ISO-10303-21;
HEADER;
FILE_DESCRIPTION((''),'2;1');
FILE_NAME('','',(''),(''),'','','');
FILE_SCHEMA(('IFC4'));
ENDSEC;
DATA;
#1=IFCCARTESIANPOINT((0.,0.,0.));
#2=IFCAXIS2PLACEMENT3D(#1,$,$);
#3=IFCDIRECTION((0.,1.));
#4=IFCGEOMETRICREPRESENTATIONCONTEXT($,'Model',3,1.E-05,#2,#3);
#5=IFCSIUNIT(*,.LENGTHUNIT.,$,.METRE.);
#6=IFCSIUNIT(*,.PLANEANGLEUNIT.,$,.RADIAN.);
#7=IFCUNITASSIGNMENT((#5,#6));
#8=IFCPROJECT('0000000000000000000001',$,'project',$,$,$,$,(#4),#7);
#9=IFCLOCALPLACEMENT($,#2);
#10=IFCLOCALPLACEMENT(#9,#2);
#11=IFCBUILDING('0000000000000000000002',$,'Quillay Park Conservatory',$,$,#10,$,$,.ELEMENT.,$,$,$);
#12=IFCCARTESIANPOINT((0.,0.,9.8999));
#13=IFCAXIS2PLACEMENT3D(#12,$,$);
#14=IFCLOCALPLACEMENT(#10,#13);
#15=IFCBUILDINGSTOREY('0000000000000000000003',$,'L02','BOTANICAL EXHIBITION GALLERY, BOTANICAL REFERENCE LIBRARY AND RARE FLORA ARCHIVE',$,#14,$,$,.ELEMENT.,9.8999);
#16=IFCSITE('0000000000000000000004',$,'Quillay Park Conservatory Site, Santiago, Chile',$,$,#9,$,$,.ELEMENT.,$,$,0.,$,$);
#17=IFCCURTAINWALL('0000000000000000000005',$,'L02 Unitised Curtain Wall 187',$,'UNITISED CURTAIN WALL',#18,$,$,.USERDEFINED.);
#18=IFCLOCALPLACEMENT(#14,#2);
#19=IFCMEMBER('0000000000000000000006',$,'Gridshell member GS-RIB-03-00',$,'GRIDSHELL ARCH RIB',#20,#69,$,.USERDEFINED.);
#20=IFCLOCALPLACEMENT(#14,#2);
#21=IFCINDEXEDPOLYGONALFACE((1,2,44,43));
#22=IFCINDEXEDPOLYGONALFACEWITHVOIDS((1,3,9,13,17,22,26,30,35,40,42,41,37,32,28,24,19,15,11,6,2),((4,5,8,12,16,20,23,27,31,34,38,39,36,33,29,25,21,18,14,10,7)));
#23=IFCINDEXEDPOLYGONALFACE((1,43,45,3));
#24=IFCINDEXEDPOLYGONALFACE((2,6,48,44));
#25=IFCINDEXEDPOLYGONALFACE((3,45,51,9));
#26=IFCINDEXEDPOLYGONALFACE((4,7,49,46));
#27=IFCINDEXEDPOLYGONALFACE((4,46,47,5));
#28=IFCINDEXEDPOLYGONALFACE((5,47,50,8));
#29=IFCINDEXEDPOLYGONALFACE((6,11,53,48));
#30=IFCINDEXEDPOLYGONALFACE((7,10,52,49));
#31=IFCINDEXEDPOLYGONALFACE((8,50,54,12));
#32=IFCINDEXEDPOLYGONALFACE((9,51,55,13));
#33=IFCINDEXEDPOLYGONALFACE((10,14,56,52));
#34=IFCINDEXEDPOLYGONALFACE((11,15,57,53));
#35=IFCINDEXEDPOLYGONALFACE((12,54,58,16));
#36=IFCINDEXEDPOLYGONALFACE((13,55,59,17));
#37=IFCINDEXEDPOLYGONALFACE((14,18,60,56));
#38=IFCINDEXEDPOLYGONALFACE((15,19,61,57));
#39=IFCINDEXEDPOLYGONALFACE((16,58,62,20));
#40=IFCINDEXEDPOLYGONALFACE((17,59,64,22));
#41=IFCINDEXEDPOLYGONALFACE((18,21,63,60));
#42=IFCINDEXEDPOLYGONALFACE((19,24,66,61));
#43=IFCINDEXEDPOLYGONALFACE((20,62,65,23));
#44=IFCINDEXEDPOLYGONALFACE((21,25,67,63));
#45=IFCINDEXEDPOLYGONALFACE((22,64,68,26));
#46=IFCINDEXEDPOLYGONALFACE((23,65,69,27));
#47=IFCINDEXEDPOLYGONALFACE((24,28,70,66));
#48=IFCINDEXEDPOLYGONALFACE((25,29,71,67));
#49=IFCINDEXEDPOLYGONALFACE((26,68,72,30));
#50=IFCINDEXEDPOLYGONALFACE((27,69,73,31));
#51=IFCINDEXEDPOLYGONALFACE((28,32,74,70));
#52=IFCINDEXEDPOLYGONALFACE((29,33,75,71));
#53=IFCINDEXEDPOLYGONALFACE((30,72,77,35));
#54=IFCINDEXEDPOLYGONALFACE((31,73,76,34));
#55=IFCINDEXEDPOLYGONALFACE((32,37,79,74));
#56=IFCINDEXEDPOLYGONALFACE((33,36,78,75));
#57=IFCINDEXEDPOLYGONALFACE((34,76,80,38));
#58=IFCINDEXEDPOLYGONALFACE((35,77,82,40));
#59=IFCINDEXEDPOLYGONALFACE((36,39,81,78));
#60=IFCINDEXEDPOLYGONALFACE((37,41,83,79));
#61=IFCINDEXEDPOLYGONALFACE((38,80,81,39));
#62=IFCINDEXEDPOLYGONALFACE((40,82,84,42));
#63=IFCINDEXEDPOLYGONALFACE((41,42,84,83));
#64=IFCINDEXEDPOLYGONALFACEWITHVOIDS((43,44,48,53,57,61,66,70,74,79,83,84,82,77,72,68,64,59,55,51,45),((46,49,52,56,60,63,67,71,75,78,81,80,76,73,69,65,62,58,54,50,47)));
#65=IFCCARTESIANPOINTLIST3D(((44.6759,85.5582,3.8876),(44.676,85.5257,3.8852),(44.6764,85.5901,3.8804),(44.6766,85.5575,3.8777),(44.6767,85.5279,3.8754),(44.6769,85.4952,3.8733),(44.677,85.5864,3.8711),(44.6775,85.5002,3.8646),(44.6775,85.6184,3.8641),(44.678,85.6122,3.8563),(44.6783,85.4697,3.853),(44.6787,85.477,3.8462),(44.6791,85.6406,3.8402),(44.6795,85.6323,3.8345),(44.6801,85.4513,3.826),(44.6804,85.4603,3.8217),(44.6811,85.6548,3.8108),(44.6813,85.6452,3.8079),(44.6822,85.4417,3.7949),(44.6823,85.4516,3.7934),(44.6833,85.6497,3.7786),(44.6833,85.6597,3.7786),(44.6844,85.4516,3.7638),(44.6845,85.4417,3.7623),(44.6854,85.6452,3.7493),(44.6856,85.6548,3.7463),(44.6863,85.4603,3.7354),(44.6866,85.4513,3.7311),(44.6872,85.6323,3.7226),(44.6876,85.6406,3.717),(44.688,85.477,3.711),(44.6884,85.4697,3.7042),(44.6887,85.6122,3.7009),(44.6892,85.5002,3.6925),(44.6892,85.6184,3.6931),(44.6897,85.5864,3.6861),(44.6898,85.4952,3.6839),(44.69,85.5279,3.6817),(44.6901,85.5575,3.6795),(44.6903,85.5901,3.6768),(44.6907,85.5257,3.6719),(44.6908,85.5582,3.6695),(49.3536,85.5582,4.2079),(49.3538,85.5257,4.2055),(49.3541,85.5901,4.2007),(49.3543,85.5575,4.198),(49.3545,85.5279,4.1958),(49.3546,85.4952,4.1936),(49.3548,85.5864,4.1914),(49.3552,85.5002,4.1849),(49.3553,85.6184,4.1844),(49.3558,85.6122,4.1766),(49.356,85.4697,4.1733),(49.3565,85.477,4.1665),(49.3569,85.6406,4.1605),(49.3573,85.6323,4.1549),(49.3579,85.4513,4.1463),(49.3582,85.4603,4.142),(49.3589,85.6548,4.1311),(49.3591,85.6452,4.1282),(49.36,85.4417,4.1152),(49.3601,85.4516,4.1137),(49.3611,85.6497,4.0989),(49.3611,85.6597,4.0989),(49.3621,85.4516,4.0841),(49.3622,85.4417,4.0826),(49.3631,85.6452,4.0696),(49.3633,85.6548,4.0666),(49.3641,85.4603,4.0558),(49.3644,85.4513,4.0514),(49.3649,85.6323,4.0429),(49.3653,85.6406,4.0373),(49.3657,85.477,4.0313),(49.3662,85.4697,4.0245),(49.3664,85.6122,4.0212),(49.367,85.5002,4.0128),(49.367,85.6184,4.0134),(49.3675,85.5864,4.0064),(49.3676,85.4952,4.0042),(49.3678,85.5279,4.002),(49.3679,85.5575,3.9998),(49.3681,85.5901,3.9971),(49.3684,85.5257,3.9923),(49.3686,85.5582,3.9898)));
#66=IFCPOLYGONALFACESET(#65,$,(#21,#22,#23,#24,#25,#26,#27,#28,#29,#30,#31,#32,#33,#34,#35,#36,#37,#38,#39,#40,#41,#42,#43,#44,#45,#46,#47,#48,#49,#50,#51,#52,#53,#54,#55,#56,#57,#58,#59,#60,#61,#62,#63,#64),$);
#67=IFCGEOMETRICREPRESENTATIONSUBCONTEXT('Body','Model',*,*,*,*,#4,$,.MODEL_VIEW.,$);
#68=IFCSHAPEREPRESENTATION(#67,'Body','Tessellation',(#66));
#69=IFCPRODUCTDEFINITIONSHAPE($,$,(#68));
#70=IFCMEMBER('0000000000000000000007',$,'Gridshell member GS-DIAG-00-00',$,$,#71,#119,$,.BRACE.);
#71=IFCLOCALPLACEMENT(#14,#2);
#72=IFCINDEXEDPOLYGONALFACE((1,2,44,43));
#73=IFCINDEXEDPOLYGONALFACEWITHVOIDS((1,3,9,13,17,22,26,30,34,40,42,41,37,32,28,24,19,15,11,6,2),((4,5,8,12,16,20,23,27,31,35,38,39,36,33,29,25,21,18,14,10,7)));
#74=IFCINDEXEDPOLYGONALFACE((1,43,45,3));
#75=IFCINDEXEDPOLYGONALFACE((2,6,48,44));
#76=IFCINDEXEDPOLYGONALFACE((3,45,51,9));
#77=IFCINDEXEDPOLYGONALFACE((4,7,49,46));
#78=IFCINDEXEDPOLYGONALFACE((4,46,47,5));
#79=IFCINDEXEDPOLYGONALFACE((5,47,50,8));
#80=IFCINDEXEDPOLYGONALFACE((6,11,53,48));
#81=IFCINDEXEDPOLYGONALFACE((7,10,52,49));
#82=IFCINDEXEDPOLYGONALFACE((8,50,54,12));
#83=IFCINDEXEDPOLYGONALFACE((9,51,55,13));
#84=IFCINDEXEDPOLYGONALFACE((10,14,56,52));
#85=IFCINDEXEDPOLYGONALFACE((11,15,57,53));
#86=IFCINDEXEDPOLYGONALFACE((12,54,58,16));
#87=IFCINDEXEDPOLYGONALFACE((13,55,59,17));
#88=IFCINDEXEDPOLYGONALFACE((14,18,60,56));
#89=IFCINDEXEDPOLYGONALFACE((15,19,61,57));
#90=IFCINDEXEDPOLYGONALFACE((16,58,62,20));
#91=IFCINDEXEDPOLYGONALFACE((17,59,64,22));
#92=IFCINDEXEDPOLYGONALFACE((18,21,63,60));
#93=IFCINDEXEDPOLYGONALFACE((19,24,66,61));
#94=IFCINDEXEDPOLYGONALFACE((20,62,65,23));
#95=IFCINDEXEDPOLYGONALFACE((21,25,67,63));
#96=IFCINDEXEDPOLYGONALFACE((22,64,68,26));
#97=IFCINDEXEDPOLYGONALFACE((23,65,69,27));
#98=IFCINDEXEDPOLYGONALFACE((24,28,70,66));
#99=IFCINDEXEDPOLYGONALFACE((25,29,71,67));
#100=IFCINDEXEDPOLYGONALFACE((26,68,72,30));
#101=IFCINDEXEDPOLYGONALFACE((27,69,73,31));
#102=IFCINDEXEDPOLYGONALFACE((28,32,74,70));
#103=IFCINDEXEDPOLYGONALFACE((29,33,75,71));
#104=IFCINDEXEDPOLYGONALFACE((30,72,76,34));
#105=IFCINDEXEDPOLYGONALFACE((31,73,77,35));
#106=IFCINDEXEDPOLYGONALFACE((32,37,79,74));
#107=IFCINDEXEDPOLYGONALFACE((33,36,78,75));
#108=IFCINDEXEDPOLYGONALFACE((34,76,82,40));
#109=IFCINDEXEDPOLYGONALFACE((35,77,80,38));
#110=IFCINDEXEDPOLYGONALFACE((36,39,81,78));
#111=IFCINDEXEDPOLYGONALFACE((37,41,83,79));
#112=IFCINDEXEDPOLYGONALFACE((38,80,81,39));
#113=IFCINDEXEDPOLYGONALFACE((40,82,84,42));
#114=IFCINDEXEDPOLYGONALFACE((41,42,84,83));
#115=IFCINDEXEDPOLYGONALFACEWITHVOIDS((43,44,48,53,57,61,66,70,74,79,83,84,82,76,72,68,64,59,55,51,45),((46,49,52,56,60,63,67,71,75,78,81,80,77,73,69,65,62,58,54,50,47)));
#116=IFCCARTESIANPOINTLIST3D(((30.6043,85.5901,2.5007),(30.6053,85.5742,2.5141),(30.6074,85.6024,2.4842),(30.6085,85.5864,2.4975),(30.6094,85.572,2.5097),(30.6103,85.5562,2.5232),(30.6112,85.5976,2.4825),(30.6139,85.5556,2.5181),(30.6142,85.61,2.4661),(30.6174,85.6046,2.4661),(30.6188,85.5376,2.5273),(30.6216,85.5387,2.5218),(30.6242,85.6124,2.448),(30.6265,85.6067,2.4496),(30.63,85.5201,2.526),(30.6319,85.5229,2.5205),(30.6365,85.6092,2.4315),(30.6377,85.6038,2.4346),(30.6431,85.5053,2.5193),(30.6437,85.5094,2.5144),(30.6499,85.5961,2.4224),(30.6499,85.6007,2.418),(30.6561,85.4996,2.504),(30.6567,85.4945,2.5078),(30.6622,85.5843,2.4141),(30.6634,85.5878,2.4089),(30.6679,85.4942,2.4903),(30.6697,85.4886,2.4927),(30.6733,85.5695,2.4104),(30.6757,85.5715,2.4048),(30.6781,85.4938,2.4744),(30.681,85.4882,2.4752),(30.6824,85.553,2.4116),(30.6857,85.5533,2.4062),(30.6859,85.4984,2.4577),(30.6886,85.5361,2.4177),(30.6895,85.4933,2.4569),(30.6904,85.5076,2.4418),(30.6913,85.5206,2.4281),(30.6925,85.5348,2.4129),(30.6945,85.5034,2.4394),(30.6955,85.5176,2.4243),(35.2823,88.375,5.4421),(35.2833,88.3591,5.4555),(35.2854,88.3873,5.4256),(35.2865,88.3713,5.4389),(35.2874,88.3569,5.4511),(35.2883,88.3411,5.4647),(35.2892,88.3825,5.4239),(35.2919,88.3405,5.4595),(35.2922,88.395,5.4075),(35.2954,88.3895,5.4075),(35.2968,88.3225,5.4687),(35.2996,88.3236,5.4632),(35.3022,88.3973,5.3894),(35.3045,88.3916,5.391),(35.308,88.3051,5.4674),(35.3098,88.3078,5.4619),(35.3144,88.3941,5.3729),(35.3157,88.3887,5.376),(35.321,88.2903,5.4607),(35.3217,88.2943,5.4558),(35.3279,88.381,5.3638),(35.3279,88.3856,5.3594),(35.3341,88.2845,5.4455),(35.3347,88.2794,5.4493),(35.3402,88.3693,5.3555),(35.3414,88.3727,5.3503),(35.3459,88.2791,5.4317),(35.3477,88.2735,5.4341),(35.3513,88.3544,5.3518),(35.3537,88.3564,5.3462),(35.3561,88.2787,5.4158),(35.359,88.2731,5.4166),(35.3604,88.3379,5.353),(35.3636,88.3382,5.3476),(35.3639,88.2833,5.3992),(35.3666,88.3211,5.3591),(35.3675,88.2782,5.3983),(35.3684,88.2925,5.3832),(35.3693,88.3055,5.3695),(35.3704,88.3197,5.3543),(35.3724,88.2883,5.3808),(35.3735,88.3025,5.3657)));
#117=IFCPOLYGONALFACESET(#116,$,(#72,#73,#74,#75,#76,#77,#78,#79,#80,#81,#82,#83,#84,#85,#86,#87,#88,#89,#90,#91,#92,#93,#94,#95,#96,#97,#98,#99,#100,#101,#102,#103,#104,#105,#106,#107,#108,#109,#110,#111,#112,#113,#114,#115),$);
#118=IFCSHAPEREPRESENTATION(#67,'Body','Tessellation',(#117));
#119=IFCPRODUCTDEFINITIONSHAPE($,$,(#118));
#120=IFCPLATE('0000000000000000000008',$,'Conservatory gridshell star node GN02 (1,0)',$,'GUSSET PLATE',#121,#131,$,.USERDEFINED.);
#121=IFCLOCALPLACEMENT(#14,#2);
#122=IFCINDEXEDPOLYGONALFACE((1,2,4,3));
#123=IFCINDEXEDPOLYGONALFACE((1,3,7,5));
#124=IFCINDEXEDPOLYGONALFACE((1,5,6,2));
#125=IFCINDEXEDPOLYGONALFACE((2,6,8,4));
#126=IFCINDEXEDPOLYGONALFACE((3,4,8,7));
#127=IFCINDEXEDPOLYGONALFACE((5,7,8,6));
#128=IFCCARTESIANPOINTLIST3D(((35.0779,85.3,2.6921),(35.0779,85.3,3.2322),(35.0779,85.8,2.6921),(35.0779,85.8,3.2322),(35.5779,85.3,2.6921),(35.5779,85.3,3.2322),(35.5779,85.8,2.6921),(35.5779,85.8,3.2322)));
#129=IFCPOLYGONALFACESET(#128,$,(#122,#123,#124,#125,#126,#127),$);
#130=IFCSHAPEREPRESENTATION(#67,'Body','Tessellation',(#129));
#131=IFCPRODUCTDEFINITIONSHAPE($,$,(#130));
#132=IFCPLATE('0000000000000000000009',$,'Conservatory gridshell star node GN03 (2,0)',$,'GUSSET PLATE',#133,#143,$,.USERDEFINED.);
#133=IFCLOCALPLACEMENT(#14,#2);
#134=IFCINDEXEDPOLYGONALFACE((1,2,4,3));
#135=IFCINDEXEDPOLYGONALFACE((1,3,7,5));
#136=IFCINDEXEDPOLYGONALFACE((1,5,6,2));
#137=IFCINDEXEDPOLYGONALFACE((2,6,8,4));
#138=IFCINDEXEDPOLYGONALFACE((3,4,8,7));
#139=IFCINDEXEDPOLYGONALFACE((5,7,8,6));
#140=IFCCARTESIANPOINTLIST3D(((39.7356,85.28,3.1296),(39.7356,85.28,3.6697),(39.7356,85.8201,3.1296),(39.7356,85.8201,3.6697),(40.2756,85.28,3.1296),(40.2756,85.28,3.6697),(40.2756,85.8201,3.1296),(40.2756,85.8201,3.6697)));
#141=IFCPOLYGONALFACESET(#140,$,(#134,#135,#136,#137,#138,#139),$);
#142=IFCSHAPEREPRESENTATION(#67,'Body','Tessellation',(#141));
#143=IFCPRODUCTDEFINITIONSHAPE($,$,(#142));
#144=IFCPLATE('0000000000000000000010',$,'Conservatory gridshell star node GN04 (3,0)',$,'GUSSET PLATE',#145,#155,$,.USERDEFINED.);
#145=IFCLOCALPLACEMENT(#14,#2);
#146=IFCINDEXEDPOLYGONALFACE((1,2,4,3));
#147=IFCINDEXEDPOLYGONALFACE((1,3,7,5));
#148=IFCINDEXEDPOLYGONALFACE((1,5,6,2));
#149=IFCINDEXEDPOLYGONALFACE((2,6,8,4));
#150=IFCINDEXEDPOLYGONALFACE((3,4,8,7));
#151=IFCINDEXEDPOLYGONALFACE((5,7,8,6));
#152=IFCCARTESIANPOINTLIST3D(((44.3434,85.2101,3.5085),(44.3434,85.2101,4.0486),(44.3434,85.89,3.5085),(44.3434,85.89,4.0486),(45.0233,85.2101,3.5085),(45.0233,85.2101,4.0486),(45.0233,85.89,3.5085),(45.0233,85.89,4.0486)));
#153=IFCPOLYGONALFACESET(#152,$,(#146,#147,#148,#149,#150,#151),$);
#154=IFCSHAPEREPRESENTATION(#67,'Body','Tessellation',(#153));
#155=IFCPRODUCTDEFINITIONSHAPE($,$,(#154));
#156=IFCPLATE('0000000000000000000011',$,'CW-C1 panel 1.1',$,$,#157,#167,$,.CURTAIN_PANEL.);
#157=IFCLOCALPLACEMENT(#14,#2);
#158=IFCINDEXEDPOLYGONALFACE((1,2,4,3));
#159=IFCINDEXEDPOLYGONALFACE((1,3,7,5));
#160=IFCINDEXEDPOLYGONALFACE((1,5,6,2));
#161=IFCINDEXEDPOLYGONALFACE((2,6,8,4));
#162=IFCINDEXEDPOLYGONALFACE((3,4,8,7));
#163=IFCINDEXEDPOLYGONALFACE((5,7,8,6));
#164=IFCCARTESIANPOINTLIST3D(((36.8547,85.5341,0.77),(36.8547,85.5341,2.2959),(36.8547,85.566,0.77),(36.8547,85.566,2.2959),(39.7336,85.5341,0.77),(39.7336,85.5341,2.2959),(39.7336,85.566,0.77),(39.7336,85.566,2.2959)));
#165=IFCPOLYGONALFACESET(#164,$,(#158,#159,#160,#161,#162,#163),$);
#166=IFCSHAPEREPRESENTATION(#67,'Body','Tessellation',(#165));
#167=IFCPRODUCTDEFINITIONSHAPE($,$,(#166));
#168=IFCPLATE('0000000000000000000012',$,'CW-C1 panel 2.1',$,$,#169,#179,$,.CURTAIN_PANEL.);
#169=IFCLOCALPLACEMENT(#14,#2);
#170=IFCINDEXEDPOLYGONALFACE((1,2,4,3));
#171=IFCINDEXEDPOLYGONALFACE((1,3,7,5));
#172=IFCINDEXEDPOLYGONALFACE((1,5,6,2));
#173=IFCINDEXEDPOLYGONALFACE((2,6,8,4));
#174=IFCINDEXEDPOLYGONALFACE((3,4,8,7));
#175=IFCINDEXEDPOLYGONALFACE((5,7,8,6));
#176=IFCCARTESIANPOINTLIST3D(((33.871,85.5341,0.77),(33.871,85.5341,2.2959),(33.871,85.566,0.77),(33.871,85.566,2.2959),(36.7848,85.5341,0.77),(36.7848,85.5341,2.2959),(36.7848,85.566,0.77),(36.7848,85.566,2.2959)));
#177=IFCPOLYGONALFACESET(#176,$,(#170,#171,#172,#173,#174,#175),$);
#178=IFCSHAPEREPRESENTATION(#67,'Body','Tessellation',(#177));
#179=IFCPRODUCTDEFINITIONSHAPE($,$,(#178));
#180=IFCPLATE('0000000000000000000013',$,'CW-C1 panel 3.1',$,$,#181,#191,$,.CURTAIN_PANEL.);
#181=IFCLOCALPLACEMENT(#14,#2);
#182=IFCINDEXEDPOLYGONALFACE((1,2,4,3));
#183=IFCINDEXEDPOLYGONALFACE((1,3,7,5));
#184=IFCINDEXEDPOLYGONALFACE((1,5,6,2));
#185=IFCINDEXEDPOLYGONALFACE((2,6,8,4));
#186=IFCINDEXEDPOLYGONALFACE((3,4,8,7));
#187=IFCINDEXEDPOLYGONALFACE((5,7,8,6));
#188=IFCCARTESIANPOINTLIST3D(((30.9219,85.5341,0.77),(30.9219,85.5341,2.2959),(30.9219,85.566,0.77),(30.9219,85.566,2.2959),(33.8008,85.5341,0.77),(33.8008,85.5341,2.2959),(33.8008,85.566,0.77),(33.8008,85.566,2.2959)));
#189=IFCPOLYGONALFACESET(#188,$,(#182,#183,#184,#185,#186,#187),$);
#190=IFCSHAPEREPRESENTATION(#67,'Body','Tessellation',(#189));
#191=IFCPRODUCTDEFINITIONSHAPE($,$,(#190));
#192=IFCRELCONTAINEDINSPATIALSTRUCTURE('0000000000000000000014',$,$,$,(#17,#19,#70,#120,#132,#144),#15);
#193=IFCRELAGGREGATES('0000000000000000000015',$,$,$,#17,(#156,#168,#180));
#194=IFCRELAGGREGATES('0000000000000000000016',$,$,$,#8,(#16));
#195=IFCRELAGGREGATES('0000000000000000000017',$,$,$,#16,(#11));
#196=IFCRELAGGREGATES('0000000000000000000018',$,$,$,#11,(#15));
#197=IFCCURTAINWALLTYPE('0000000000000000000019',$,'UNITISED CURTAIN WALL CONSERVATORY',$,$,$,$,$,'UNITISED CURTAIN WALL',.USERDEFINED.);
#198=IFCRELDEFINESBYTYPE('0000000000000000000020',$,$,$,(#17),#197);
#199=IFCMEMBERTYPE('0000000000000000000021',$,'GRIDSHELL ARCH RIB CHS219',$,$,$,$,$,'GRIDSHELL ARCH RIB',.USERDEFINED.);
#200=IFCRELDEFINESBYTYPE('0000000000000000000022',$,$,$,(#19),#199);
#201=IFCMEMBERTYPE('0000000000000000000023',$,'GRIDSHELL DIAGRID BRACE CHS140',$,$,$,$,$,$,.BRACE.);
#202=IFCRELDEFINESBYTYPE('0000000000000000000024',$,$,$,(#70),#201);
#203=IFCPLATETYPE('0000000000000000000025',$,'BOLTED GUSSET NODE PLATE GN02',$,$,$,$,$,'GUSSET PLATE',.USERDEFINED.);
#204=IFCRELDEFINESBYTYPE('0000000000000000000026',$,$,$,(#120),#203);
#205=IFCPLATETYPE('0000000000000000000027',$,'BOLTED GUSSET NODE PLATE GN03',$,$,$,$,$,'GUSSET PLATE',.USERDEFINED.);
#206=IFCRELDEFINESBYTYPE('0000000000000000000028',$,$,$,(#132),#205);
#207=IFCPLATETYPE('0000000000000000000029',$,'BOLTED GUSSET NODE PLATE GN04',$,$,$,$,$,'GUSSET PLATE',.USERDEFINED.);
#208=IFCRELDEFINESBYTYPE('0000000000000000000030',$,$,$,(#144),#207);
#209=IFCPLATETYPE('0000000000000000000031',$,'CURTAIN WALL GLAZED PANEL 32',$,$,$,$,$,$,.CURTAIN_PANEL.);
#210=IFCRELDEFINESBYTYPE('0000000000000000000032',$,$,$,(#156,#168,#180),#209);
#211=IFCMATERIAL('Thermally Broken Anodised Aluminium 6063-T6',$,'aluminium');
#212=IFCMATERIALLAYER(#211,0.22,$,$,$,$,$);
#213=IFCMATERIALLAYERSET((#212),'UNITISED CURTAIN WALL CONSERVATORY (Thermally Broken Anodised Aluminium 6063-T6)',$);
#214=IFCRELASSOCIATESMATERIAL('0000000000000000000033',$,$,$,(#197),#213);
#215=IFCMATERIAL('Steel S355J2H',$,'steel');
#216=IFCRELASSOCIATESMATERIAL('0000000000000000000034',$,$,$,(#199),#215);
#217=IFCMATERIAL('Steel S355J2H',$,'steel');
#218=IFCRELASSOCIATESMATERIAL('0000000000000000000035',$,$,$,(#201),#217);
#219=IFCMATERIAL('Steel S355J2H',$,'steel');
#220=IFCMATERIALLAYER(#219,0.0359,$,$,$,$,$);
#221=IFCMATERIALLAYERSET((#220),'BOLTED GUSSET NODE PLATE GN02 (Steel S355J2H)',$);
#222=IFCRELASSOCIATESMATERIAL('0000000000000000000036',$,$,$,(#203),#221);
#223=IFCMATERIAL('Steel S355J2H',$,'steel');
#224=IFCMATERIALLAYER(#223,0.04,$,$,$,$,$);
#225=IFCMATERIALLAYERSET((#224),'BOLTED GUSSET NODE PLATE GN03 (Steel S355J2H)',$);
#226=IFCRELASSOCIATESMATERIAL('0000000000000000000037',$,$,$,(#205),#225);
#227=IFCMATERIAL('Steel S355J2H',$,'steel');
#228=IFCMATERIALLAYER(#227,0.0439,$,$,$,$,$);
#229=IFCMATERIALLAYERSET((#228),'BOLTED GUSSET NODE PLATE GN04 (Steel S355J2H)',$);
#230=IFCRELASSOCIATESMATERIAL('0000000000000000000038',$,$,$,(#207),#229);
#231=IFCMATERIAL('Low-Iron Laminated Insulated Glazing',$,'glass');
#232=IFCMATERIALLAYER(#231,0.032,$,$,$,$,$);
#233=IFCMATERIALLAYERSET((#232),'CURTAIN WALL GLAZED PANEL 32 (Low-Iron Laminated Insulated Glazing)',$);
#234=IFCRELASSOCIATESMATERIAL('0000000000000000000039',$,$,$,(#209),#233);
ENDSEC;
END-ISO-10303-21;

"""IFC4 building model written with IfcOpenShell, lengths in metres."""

from ifc_helpers import new_model, si_unit, direction, frame, origin, origin_2d, place, context, subcontext, project, spatial, rectangle, hollow_circle, extrude, material, layer, layer_set, material_profile, profile_set, type_object, element, aggregate, save


model = new_model("IFC4")

# Units and contexts
model_context = context("Model", 3, precision=1e-05, world=origin(), true_north=direction((0.0, 1.0)))
body_context = subcontext(model_context, "Body", "Model", "MODEL_VIEW")
ifc_project = project(units=[si_unit("LENGTHUNIT", "METRE"), si_unit("PLANEANGLEUNIT", "RADIAN")], contexts=[model_context])

# Site, building, storey
site_placement = place(None, origin())
site = spatial("IfcSite", under=ifc_project, at=site_placement, Name="Quillay Park Conservatory Site, Santiago, Chile", CompositionType="ELEMENT", RefElevation=0.0)
building_placement = place(site_placement, origin())
building = spatial("IfcBuilding", under=site, at=building_placement, Name="Quillay Park Conservatory", CompositionType="ELEMENT")
storey_placement = place(building_placement, frame((0.0, 0.0, 9.8999)))
storey = spatial("IfcBuildingStorey", under=building, at=storey_placement, Name="L02", Description="BOTANICAL EXHIBITION GALLERY, BOTANICAL REFERENCE LIBRARY AND RARE FLORA ARCHIVE", CompositionType="ELEMENT", Elevation=9.8999)

# Curtain wall
ifc_material_1 = material(Name="Thermally Broken Anodised Aluminium 6063-T6", Category="aluminium")
ifc_layer_1 = layer(ifc_material_1, 0.22)
ifc_layer_set_1 = layer_set([ifc_layer_1], Name="UNITISED CURTAIN WALL CONSERVATORY (Thermally Broken Anodised Aluminium 6063-T6)")
curtain_wall_type = type_object("IfcCurtainWallType", Name="UNITISED CURTAIN WALL CONSERVATORY", ElementType="UNITISED CURTAIN WALL", PredefinedType="USERDEFINED", material=ifc_layer_set_1)
curtain_wall_1_placement = place(storey_placement, origin())
curtain_wall_1 = element("IfcCurtainWall", 1, at=curtain_wall_1_placement, inside=storey, type_object=curtain_wall_type, Name="L02 Unitised Curtain Wall 187", ObjectType="UNITISED CURTAIN WALL", PredefinedType="USERDEFINED")

# Members
ifc_material_2 = material(Name="Steel S355J2H", Category="steel")
ifc_material_profile_1 = material_profile(ifc_material_2, hollow_circle(Radius=0.1096, WallThickness=0.01, at=origin_2d()), Name="CHS219.1x10")
ifc_profile_set_1 = profile_set([ifc_material_profile_1], Name="Steel S355J2H")
member_type_1 = type_object("IfcMemberType", Name="GRIDSHELL ARCH RIB CHS219", ElementType="GRIDSHELL ARCH RIB", PredefinedType="USERDEFINED", material=ifc_profile_set_1)
member_1_placement = place(storey_placement, frame((44.6833, 85.55, 3.7786), z_axis=(0.997664, 0.0, 0.068316), x_axis=(0.0, 1.0, 0.0)))
element("IfcMember", 2, at=member_1_placement, inside=storey, type_object=member_type_1, Name="Gridshell member GS-RIB-03-00", ObjectType="GRIDSHELL ARCH RIB", PredefinedType="USERDEFINED", context=body_context, shape_type="SweptSolid", body=[
    extrude(hollow_circle(Radius=0.1096, WallThickness=0.01, at=origin_2d()), origin(), (0.0, 0.0, 1.0), 4.6887),
])
ifc_material_3 = material(Name="Steel S355J2H", Category="steel")
ifc_material_profile_2 = material_profile(ifc_material_3, hollow_circle(Radius=0.0698, WallThickness=0.0063, at=origin_2d()), Name="CHS139.7x6.3")
ifc_profile_set_2 = profile_set([ifc_material_profile_2], Name="Steel S355J2H")
member_type_2 = type_object("IfcMemberType", Name="GRIDSHELL DIAGRID BRACE CHS140", PredefinedType="BRACE", material=ifc_profile_set_2)
member_2_placement = place(storey_placement, frame((30.6499, 85.55, 2.4661), z_axis=(0.755978, 0.450052, 0.475342), x_axis=(-0.511538, 0.859261, 0.0)))
element("IfcMember", 3, at=member_2_placement, inside=storey, type_object=member_type_2, Name="Gridshell member GS-DIAG-00-00", PredefinedType="BRACE", context=body_context, shape_type="SweptSolid", body=[
    extrude(hollow_circle(Radius=0.0698, WallThickness=0.0063, at=origin_2d()), origin(), (0.0, 0.0, 1.0), 6.188),
])

# Plates
ifc_material_4 = material(Name="Steel S355J2H", Category="steel")
ifc_layer_2 = layer(ifc_material_4, 0.0359)
ifc_layer_set_2 = layer_set([ifc_layer_2], Name="BOLTED GUSSET NODE PLATE GN02 (Steel S355J2H)")
plate_type_1 = type_object("IfcPlateType", Name="BOLTED GUSSET NODE PLATE GN02", ElementType="GUSSET PLATE", PredefinedType="USERDEFINED", material=ifc_layer_set_2)
plate_1_placement = place(storey_placement, frame((35.3279, 85.55, 2.6921), z_axis=(0.0, 0.0, 1.0), x_axis=(1.0, 0.0, 0.0)))
element("IfcPlate", 4, at=plate_1_placement, inside=storey, type_object=plate_type_1, Name="Conservatory gridshell star node GN02 (1,0)", ObjectType="GUSSET PLATE", PredefinedType="USERDEFINED", context=body_context, shape_type="SweptSolid", body=[
    extrude(rectangle(XDim=0.5, YDim=0.5, at=origin_2d()), origin(), (0.0, 0.0, 1.0), 0.54),
])
ifc_material_5 = material(Name="Steel S355J2H", Category="steel")
ifc_layer_3 = layer(ifc_material_5, 0.04)
ifc_layer_set_3 = layer_set([ifc_layer_3], Name="BOLTED GUSSET NODE PLATE GN03 (Steel S355J2H)")
plate_type_2 = type_object("IfcPlateType", Name="BOLTED GUSSET NODE PLATE GN03", ElementType="GUSSET PLATE", PredefinedType="USERDEFINED", material=ifc_layer_set_3)
plate_2_placement = place(storey_placement, frame((40.0056, 85.55, 3.1296), z_axis=(0.0, 0.0, 1.0), x_axis=(1.0, 0.0, 0.0)))
element("IfcPlate", 5, at=plate_2_placement, inside=storey, type_object=plate_type_2, Name="Conservatory gridshell star node GN03 (2,0)", ObjectType="GUSSET PLATE", PredefinedType="USERDEFINED", context=body_context, shape_type="SweptSolid", body=[
    extrude(rectangle(XDim=0.54, YDim=0.54, at=origin_2d()), origin(), (0.0, 0.0, 1.0), 0.54),
])
ifc_material_6 = material(Name="Steel S355J2H", Category="steel")
ifc_layer_4 = layer(ifc_material_6, 0.0439)
ifc_layer_set_4 = layer_set([ifc_layer_4], Name="BOLTED GUSSET NODE PLATE GN04 (Steel S355J2H)")
plate_type_3 = type_object("IfcPlateType", Name="BOLTED GUSSET NODE PLATE GN04", ElementType="GUSSET PLATE", PredefinedType="USERDEFINED", material=ifc_layer_set_4)
plate_3_placement = place(storey_placement, frame((44.6833, 85.55, 3.5085), z_axis=(0.0, 0.0, 1.0), x_axis=(1.0, 0.0, 0.0)))
element("IfcPlate", 6, at=plate_3_placement, inside=storey, type_object=plate_type_3, Name="Conservatory gridshell star node GN04 (3,0)", ObjectType="GUSSET PLATE", PredefinedType="USERDEFINED", context=body_context, shape_type="SweptSolid", body=[
    extrude(rectangle(XDim=0.6799, YDim=0.6799, at=origin_2d()), origin(), (0.0, 0.0, 1.0), 0.54),
])

# Plates
ifc_material_7 = material(Name="Low-Iron Laminated Insulated Glazing", Category="glass")
ifc_layer_5 = layer(ifc_material_7, 0.032)
ifc_layer_set_5 = layer_set([ifc_layer_5], Name="CURTAIN WALL GLAZED PANEL 32 (Low-Iron Laminated Insulated Glazing)")
plate_type_4 = type_object("IfcPlateType", Name="CURTAIN WALL GLAZED PANEL 32", PredefinedType="CURTAIN_PANEL", material=ifc_layer_set_5)
plate_4_placement = place(storey_placement, frame((38.2942, 85.55, 0.77), z_axis=(0.0, 0.0, 1.0), x_axis=(-1.0, 0.0, 0.0)))
plate_4 = element("IfcPlate", 7, at=plate_4_placement, type_object=plate_type_4, Name="CW-C1 panel 1.1", PredefinedType="CURTAIN_PANEL", context=body_context, shape_type="SweptSolid", body=[
    extrude(rectangle(XDim=2.8789, YDim=0.032, at=origin_2d()), origin(), (0.0, 0.0, 1.0), 1.5259),
])
plate_5_placement = place(storey_placement, frame((35.3279, 85.55, 0.77), z_axis=(0.0, 0.0, 1.0), x_axis=(-1.0, 0.0, 0.0)))
plate_5 = element("IfcPlate", 8, at=plate_5_placement, type_object=plate_type_4, Name="CW-C1 panel 2.1", PredefinedType="CURTAIN_PANEL", context=body_context, shape_type="SweptSolid", body=[
    extrude(rectangle(XDim=2.9138, YDim=0.032, at=origin_2d()), origin(), (0.0, 0.0, 1.0), 1.5259),
])
plate_6_placement = place(storey_placement, frame((32.3613, 85.55, 0.77), z_axis=(0.0, 0.0, 1.0), x_axis=(-1.0, 0.0, 0.0)))
plate_6 = element("IfcPlate", 9, at=plate_6_placement, type_object=plate_type_4, Name="CW-C1 panel 3.1", PredefinedType="CURTAIN_PANEL", context=body_context, shape_type="SweptSolid", body=[
    extrude(rectangle(XDim=2.8789, YDim=0.032, at=origin_2d()), origin(), (0.0, 0.0, 1.0), 1.5259),
])
aggregate(curtain_wall_1, [plate_4, plate_5, plate_6])

save(model, "model.ifc")
